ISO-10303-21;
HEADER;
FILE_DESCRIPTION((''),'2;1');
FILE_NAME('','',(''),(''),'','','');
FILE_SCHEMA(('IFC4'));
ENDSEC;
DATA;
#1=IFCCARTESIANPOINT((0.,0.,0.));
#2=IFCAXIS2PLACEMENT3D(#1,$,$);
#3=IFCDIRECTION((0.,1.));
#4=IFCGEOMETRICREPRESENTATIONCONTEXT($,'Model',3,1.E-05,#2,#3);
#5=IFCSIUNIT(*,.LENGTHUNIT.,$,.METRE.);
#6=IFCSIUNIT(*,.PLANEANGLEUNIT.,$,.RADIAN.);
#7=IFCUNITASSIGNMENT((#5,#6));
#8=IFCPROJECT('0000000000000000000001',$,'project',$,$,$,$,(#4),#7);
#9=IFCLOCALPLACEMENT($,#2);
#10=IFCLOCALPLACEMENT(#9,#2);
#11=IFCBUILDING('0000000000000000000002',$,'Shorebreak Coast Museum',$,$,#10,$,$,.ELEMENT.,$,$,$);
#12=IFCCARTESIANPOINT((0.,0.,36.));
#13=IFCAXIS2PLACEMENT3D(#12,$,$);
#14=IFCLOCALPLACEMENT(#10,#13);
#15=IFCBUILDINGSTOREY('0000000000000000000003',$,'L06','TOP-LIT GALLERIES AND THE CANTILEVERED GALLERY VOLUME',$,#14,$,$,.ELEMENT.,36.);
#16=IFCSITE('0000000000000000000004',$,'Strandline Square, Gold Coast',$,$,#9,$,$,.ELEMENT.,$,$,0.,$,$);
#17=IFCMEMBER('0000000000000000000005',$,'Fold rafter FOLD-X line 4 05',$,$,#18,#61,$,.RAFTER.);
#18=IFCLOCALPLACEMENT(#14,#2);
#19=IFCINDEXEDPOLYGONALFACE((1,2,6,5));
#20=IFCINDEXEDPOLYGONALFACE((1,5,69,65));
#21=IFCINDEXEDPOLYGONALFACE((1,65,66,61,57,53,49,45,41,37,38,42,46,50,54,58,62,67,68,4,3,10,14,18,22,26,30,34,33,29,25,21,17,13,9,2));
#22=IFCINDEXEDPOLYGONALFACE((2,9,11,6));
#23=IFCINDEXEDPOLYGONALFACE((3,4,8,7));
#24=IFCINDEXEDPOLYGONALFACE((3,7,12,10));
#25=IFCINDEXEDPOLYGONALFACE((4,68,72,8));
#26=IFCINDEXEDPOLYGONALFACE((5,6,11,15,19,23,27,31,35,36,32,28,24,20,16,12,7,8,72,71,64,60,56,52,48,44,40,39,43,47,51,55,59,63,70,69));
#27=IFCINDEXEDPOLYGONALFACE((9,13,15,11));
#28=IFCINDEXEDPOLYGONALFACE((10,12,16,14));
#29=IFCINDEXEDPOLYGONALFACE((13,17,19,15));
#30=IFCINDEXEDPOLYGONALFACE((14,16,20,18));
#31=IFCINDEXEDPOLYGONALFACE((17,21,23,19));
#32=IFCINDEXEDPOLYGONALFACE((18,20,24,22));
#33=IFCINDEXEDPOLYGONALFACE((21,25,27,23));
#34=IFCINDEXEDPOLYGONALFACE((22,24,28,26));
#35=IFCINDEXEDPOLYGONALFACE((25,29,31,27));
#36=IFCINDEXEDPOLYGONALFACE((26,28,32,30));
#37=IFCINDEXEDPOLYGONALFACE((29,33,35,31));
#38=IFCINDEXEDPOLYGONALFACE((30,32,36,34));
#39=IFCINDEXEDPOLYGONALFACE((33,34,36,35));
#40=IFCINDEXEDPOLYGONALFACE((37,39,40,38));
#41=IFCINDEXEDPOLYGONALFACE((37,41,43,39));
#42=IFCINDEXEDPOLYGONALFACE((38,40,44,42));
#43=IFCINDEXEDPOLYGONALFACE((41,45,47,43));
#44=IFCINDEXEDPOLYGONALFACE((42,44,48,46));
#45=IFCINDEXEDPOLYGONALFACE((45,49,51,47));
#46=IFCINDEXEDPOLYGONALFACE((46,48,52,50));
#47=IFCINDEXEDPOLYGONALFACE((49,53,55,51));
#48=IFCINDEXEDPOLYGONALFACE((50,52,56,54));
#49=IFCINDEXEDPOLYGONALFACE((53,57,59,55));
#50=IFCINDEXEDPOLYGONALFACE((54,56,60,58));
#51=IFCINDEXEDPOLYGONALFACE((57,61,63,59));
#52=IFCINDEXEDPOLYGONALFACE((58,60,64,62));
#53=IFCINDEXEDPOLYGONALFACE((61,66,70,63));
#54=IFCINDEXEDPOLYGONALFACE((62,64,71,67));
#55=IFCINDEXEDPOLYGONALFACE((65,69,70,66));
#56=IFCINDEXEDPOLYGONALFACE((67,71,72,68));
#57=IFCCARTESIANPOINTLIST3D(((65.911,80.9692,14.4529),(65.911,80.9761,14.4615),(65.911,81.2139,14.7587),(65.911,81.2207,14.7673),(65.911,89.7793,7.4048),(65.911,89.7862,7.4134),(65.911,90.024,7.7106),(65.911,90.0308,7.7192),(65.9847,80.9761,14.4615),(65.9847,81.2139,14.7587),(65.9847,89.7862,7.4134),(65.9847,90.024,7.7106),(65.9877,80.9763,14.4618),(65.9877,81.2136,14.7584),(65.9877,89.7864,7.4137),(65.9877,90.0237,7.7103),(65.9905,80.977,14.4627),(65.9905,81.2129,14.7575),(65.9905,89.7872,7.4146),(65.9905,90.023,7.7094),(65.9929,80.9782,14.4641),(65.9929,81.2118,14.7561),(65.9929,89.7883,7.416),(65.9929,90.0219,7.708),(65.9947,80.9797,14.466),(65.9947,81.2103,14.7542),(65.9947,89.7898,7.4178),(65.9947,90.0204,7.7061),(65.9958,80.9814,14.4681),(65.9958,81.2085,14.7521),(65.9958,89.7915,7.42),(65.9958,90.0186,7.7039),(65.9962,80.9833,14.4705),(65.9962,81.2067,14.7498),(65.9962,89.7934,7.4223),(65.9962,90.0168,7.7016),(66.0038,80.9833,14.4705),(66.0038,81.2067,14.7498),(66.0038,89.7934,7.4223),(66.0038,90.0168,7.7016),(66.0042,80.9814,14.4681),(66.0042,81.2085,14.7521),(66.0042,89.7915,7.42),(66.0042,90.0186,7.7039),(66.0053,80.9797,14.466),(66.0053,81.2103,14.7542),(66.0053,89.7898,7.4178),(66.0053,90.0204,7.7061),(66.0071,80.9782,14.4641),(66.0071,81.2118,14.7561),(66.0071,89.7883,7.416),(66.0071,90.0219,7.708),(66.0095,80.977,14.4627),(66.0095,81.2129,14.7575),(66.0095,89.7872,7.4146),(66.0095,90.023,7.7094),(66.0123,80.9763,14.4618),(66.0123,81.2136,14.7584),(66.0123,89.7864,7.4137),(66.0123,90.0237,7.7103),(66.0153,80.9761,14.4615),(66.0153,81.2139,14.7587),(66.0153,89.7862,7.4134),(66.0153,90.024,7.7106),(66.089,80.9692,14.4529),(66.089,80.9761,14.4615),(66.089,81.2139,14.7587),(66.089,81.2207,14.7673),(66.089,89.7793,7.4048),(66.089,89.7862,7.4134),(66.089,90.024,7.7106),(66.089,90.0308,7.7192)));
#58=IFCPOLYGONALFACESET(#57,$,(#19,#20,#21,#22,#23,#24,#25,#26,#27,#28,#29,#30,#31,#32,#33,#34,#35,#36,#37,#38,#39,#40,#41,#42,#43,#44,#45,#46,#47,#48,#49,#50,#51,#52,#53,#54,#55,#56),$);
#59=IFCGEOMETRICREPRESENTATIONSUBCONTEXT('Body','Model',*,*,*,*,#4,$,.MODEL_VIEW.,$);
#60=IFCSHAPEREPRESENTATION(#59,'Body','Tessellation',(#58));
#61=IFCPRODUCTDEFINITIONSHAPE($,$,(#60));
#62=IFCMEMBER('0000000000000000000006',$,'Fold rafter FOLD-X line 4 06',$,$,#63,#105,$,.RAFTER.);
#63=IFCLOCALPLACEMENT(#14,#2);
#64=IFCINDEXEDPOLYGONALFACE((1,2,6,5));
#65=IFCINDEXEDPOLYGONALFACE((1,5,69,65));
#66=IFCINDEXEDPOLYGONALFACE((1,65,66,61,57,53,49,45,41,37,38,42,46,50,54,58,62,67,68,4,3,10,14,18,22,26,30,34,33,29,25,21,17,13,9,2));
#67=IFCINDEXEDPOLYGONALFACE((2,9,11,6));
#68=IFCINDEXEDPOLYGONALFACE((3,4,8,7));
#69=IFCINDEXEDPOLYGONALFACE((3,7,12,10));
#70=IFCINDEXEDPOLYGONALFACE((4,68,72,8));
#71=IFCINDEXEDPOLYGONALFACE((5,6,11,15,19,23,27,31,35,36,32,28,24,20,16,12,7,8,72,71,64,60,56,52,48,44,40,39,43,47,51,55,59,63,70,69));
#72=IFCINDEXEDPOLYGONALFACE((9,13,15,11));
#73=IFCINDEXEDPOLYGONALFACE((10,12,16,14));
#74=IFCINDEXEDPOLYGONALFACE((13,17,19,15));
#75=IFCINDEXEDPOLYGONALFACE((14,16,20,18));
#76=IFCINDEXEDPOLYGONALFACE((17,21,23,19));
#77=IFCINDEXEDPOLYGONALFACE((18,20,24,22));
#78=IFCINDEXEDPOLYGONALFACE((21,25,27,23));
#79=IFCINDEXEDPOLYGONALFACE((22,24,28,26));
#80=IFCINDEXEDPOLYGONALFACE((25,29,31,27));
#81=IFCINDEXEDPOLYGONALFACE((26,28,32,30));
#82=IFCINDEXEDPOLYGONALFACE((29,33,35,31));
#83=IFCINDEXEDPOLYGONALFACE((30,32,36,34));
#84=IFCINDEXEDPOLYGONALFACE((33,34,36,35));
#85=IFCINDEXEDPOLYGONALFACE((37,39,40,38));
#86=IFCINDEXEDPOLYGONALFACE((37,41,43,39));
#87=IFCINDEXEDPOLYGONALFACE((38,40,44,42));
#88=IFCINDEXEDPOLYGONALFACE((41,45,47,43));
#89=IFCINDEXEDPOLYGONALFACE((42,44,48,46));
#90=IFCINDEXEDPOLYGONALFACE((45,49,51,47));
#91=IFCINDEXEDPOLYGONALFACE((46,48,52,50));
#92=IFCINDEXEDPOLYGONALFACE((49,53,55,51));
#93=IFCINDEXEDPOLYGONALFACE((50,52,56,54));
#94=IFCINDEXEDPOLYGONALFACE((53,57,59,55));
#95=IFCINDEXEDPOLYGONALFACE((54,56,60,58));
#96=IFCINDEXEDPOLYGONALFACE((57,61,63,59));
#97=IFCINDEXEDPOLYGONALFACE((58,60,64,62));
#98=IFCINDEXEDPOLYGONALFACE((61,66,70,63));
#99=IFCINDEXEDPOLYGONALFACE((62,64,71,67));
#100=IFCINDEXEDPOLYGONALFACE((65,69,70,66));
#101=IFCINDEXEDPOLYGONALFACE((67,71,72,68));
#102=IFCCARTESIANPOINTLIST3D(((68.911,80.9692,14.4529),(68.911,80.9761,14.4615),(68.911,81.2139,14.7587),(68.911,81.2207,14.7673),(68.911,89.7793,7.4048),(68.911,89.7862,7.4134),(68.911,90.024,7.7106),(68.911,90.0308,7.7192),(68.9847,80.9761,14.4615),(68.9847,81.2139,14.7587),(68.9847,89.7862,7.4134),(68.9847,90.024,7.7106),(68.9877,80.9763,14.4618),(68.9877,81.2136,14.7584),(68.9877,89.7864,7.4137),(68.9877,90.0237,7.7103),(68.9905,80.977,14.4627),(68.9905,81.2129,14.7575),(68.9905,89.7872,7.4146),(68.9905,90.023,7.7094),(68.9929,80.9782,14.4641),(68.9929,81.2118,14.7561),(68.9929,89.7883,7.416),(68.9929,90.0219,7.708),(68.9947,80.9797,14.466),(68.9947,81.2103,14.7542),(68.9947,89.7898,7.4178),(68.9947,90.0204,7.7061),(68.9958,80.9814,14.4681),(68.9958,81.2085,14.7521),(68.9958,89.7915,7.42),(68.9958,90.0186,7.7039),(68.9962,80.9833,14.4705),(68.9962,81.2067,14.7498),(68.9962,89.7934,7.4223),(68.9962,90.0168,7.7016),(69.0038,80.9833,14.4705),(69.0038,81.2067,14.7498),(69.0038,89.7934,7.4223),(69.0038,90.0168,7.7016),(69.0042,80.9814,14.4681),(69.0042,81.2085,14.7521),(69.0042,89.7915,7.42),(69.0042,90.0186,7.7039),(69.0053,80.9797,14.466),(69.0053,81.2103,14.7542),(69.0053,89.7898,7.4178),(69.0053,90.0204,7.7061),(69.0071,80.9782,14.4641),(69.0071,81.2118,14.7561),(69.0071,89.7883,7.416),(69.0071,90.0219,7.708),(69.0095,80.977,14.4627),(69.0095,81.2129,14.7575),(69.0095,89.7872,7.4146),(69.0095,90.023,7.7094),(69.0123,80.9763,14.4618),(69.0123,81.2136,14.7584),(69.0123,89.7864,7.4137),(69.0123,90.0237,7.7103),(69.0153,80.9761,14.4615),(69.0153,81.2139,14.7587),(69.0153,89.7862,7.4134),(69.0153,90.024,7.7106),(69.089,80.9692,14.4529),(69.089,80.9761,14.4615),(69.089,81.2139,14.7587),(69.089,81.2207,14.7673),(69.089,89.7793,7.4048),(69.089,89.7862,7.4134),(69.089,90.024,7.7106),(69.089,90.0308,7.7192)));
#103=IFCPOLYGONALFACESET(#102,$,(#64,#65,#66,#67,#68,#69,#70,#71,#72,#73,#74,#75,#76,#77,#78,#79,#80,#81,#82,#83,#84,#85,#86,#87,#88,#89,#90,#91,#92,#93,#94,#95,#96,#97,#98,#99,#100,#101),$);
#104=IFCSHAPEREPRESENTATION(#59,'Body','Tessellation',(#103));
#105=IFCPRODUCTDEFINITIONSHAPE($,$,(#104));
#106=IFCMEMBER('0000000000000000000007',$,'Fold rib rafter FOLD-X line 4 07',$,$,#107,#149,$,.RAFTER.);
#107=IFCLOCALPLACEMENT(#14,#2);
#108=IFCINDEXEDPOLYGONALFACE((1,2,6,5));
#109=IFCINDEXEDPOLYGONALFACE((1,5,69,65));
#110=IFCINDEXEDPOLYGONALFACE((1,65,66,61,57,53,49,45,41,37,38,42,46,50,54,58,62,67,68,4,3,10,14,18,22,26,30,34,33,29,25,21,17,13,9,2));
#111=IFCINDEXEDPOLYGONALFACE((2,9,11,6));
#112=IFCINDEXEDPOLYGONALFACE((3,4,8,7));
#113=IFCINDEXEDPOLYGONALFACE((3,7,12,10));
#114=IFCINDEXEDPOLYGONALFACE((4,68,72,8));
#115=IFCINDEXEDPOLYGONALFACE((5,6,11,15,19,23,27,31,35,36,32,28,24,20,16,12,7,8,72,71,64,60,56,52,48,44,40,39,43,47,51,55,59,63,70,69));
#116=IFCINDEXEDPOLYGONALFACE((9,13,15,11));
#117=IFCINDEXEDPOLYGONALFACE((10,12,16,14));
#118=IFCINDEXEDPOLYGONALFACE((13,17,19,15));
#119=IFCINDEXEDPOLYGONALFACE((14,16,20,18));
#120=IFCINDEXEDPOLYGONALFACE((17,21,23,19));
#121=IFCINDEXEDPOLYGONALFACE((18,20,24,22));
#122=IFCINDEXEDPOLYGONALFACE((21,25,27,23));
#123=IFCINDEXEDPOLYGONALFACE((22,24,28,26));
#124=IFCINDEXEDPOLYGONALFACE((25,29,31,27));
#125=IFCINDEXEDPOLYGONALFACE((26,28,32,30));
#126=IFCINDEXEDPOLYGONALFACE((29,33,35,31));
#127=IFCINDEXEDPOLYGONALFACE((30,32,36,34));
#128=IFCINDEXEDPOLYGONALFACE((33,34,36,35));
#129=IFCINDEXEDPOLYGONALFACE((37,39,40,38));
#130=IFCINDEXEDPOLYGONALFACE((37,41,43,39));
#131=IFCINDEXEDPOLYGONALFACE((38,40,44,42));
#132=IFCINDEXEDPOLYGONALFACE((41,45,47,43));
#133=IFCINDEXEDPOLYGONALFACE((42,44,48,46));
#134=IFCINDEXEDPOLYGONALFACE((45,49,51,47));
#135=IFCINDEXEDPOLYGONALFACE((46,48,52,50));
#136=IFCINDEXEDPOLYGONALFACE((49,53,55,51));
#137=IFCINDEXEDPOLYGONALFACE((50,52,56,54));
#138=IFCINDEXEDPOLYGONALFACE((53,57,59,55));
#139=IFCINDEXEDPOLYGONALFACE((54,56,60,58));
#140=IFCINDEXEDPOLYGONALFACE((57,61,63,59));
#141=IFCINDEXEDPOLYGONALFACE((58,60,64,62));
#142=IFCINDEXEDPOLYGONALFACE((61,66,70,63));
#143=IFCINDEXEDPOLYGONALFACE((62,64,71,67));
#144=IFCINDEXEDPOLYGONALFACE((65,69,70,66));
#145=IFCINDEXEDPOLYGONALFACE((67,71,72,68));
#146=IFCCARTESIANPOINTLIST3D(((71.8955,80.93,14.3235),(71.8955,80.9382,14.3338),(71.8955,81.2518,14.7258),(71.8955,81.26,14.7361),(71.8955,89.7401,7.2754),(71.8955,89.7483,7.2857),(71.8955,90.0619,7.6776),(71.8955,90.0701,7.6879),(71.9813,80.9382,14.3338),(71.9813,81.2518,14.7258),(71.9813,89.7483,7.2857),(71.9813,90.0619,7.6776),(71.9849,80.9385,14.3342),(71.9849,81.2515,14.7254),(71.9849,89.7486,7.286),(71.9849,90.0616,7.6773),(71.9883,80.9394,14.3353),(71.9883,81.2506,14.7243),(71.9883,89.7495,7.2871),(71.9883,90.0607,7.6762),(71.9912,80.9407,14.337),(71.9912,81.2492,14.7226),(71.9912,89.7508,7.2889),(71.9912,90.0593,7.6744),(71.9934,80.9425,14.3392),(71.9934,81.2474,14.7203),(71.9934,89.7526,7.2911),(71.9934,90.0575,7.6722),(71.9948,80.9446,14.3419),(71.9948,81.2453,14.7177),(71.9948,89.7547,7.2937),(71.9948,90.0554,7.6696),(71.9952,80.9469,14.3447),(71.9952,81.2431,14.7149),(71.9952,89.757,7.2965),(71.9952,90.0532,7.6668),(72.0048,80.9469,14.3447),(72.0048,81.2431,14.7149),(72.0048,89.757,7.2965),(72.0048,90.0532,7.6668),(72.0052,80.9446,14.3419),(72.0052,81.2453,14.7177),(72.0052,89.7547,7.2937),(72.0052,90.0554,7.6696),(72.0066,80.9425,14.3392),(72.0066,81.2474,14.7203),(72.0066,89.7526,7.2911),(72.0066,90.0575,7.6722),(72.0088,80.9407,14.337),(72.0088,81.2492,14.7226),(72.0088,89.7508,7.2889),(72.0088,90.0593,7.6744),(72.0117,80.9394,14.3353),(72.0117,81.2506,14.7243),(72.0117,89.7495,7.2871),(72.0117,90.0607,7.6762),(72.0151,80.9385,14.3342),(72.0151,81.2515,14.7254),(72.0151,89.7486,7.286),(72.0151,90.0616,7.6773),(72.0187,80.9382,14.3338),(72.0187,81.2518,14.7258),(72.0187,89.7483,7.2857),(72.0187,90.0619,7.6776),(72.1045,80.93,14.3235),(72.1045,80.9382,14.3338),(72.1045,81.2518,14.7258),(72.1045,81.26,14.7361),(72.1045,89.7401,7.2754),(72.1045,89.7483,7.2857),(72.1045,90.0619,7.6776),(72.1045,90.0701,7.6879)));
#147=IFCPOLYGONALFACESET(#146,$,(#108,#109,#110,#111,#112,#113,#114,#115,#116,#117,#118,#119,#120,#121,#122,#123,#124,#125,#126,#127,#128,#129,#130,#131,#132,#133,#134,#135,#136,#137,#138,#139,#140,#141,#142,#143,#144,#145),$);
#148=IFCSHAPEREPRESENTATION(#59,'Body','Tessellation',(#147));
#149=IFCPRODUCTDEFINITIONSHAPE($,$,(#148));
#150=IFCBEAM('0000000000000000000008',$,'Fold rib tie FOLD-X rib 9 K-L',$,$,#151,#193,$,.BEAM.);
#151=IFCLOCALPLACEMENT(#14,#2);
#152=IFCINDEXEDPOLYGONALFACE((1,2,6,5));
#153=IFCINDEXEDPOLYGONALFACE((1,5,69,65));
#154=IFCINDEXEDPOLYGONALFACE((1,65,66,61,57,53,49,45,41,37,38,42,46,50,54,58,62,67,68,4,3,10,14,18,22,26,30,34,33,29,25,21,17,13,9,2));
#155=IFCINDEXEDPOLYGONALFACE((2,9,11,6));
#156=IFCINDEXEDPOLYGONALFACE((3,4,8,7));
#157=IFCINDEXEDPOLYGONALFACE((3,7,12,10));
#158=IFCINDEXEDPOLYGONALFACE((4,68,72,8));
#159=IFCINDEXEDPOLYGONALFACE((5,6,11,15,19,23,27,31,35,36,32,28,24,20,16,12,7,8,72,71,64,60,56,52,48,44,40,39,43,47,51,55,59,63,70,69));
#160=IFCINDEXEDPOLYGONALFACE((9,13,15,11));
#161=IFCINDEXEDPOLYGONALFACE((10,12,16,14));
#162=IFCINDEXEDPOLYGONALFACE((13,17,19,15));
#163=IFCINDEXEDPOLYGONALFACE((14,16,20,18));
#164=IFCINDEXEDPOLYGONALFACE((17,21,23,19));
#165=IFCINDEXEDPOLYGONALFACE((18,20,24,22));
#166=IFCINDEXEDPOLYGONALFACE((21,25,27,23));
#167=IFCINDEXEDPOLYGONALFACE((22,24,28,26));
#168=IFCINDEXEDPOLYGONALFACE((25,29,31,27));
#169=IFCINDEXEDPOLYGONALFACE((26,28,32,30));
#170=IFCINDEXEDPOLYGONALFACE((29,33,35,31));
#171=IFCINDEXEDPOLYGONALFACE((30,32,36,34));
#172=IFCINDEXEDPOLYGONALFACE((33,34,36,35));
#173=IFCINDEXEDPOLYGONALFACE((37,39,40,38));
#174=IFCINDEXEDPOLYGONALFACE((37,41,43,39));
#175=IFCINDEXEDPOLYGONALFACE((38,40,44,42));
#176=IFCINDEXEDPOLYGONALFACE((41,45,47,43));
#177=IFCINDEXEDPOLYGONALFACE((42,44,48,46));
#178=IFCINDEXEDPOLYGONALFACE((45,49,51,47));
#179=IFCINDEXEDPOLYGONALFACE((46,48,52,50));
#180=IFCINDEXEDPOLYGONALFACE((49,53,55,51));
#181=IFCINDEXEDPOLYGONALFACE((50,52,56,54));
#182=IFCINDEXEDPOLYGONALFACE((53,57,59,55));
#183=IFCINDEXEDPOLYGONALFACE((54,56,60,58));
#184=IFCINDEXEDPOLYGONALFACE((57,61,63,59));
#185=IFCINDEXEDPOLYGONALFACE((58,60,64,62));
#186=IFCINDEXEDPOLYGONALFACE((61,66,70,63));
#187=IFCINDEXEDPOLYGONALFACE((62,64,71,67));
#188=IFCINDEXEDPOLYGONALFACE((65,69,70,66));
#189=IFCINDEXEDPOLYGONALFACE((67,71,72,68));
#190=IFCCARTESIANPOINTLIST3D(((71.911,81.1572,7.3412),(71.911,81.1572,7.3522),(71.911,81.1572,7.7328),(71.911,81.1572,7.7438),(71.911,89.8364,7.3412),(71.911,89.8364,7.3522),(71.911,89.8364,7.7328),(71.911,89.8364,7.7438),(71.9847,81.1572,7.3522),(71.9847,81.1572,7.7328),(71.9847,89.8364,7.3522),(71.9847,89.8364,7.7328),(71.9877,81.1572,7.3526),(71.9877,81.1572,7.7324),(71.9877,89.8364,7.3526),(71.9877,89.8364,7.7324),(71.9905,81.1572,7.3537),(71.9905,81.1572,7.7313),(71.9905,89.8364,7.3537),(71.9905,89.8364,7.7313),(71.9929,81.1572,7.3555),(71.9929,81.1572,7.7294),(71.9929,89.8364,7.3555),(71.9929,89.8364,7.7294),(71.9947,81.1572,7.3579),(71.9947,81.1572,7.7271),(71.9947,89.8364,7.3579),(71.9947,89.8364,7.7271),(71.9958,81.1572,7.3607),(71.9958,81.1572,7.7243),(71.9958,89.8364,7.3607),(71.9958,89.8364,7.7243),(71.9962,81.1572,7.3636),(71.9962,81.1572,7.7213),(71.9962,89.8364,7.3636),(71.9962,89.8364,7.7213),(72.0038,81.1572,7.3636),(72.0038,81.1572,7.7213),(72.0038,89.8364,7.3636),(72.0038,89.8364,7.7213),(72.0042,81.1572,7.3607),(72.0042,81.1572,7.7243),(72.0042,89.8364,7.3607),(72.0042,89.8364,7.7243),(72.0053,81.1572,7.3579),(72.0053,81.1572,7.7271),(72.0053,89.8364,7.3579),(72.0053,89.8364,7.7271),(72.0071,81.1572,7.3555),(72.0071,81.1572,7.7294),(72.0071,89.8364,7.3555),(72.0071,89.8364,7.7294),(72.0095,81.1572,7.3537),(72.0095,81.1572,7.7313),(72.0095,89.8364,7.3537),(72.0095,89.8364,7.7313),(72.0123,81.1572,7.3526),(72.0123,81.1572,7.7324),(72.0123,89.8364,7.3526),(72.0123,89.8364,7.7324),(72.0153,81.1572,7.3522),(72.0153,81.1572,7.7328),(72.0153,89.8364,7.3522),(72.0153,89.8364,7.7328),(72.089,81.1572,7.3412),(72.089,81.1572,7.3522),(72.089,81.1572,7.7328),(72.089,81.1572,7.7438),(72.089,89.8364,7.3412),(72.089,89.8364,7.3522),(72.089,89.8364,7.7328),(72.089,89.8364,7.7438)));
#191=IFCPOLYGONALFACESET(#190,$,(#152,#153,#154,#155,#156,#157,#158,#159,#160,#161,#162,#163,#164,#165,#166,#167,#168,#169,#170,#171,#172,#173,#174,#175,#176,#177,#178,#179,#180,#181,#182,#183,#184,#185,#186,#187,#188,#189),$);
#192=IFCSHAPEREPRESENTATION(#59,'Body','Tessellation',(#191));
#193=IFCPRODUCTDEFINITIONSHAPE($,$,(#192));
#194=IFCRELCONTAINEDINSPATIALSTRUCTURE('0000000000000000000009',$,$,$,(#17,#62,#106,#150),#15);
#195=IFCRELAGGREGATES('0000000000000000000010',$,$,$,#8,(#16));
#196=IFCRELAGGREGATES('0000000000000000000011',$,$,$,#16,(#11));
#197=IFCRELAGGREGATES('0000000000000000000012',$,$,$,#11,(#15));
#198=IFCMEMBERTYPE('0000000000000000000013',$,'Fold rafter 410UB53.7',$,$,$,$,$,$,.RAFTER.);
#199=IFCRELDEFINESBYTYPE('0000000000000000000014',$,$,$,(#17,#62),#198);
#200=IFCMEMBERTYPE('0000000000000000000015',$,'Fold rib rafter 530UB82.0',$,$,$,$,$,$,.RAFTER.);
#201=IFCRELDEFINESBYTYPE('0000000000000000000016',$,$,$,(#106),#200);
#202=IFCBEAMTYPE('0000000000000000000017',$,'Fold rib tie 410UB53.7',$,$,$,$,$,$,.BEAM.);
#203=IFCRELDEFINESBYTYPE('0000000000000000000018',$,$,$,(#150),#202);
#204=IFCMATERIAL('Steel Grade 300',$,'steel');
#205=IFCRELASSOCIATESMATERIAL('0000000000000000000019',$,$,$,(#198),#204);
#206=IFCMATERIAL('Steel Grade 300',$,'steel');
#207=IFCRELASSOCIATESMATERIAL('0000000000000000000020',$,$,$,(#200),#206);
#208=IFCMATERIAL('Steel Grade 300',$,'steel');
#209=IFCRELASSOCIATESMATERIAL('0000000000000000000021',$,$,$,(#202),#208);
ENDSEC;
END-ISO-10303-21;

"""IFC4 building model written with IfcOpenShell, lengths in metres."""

from ifc_helpers import new_model, si_unit, direction, frame, origin, origin_2d, place, context, subcontext, project, spatial, i_section, extrude, material, material_profile, profile_set, type_object, element, save


model = new_model("IFC4")

# Units and contexts
model_context = context("Model", 3, precision=1e-05, world=origin(), true_north=direction((0.0, 1.0)))
body_context = subcontext(model_context, "Body", "Model", "MODEL_VIEW")
ifc_project = project(units=[si_unit("LENGTHUNIT", "METRE"), si_unit("PLANEANGLEUNIT", "RADIAN")], contexts=[model_context])

# Site, building, storey
site_placement = place(None, origin())
site = spatial("IfcSite", under=ifc_project, at=site_placement, Name="Strandline Square, Gold Coast", CompositionType="ELEMENT", RefElevation=0.0)
building_placement = place(site_placement, origin())
building = spatial("IfcBuilding", under=site, at=building_placement, Name="Shorebreak Coast Museum", CompositionType="ELEMENT")
storey_placement = place(building_placement, frame((0.0, 0.0, 36.0)))
storey = spatial("IfcBuildingStorey", under=building, at=storey_placement, Name="L06", Description="TOP-LIT GALLERIES AND THE CANTILEVERED GALLERY VOLUME", CompositionType="ELEMENT", Elevation=36.0)

# Members
ifc_material_1 = material(Name="Steel Grade 300", Category="steel")
ifc_material_profile_1 = material_profile(ifc_material_1, i_section(OverallWidth=0.178, OverallDepth=0.4026, WebThickness=0.0076, FlangeThickness=0.011, FilletRadius=0.0115, at=origin_2d()), Name="410UB53.7")
ifc_profile_set_1 = profile_set([ifc_material_profile_1], Name="Steel Grade 300")
member_type_1 = type_object("IfcMemberType", Name="Fold rafter 410UB53.7", PredefinedType="RAFTER", material=ifc_profile_set_1)
for number, where, z_axis, x_axis, name in (
    (1, (66.0, 81.095, 14.6101), (0.0, 0.780867, -0.624698), (-1.0, 0.0, 0.0), "Fold rafter FOLD-X line 4 05"),
    (2, (69.0, 81.095, 14.6101), (0.0, 0.780867, -0.624698), (-1.0, 0.0, 0.0), "Fold rafter FOLD-X line 4 06"),
):
    element("IfcMember", number, at=place(storey_placement, frame(where, z_axis=z_axis, x_axis=x_axis)), inside=storey, type_object=member_type_1, Name=name, PredefinedType="RAFTER", context=body_context, shape_type="SweptSolid", body=[
        extrude(i_section(OverallWidth=0.178, OverallDepth=0.4026, WebThickness=0.0076, FlangeThickness=0.011, FilletRadius=0.0115, at=origin_2d()), origin(), (0.0, 0.0, 1.0), 11.2825),
    ])
ifc_material_2 = material(Name="Steel Grade 300", Category="steel")
ifc_material_profile_2 = material_profile(ifc_material_2, i_section(OverallWidth=0.209, OverallDepth=0.5283, WebThickness=0.0095, FlangeThickness=0.0132, FilletRadius=0.0139, at=origin_2d()), Name="530UB82.0")
ifc_profile_set_2 = profile_set([ifc_material_profile_2], Name="Steel Grade 300")
member_type_2 = type_object("IfcMemberType", Name="Fold rib rafter 530UB82.0", PredefinedType="RAFTER", material=ifc_profile_set_2)
member_placement = place(storey_placement, frame((72.0, 81.095, 14.5298), z_axis=(0.0, 0.780867, -0.624698), x_axis=(-1.0, 0.0, 0.0)))
element("IfcMember", 3, at=member_placement, inside=storey, type_object=member_type_2, Name="Fold rib rafter FOLD-X line 4 07", PredefinedType="RAFTER", context=body_context, shape_type="SweptSolid", body=[
    extrude(i_section(OverallWidth=0.209, OverallDepth=0.5283, WebThickness=0.0095, FlangeThickness=0.0132, FilletRadius=0.0139, at=origin_2d()), origin(), (0.0, 0.0, 1.0), 11.2825),
])

# Beam
ifc_material_3 = material(Name="Steel Grade 300", Category="steel")
ifc_material_profile_3 = material_profile(ifc_material_3, i_section(OverallWidth=0.178, OverallDepth=0.4026, WebThickness=0.0076, FlangeThickness=0.011, FilletRadius=0.0115, at=origin_2d()), Name="410UB53.7")
ifc_profile_set_3 = profile_set([ifc_material_profile_3], Name="Steel Grade 300")
beam_type_1 = type_object("IfcBeamType", Name="Fold rib tie 410UB53.7", PredefinedType="BEAM", material=ifc_profile_set_3)
beam_1_placement = place(storey_placement, frame((72.0, 81.1572, 7.5425), z_axis=(0.0, 1.0, 0.0), x_axis=(-1.0, 0.0, 0.0)))
element("IfcBeam", 4, at=beam_1_placement, inside=storey, type_object=beam_type_1, Name="Fold rib tie FOLD-X rib 9 K-L", PredefinedType="BEAM", context=body_context, shape_type="SweptSolid", body=[
    extrude(i_section(OverallWidth=0.178, OverallDepth=0.4026, WebThickness=0.0076, FlangeThickness=0.011, FilletRadius=0.0115, at=origin_2d()), origin(), (0.0, 0.0, 1.0), 8.6792),
])

save(model, "model.ifc")
